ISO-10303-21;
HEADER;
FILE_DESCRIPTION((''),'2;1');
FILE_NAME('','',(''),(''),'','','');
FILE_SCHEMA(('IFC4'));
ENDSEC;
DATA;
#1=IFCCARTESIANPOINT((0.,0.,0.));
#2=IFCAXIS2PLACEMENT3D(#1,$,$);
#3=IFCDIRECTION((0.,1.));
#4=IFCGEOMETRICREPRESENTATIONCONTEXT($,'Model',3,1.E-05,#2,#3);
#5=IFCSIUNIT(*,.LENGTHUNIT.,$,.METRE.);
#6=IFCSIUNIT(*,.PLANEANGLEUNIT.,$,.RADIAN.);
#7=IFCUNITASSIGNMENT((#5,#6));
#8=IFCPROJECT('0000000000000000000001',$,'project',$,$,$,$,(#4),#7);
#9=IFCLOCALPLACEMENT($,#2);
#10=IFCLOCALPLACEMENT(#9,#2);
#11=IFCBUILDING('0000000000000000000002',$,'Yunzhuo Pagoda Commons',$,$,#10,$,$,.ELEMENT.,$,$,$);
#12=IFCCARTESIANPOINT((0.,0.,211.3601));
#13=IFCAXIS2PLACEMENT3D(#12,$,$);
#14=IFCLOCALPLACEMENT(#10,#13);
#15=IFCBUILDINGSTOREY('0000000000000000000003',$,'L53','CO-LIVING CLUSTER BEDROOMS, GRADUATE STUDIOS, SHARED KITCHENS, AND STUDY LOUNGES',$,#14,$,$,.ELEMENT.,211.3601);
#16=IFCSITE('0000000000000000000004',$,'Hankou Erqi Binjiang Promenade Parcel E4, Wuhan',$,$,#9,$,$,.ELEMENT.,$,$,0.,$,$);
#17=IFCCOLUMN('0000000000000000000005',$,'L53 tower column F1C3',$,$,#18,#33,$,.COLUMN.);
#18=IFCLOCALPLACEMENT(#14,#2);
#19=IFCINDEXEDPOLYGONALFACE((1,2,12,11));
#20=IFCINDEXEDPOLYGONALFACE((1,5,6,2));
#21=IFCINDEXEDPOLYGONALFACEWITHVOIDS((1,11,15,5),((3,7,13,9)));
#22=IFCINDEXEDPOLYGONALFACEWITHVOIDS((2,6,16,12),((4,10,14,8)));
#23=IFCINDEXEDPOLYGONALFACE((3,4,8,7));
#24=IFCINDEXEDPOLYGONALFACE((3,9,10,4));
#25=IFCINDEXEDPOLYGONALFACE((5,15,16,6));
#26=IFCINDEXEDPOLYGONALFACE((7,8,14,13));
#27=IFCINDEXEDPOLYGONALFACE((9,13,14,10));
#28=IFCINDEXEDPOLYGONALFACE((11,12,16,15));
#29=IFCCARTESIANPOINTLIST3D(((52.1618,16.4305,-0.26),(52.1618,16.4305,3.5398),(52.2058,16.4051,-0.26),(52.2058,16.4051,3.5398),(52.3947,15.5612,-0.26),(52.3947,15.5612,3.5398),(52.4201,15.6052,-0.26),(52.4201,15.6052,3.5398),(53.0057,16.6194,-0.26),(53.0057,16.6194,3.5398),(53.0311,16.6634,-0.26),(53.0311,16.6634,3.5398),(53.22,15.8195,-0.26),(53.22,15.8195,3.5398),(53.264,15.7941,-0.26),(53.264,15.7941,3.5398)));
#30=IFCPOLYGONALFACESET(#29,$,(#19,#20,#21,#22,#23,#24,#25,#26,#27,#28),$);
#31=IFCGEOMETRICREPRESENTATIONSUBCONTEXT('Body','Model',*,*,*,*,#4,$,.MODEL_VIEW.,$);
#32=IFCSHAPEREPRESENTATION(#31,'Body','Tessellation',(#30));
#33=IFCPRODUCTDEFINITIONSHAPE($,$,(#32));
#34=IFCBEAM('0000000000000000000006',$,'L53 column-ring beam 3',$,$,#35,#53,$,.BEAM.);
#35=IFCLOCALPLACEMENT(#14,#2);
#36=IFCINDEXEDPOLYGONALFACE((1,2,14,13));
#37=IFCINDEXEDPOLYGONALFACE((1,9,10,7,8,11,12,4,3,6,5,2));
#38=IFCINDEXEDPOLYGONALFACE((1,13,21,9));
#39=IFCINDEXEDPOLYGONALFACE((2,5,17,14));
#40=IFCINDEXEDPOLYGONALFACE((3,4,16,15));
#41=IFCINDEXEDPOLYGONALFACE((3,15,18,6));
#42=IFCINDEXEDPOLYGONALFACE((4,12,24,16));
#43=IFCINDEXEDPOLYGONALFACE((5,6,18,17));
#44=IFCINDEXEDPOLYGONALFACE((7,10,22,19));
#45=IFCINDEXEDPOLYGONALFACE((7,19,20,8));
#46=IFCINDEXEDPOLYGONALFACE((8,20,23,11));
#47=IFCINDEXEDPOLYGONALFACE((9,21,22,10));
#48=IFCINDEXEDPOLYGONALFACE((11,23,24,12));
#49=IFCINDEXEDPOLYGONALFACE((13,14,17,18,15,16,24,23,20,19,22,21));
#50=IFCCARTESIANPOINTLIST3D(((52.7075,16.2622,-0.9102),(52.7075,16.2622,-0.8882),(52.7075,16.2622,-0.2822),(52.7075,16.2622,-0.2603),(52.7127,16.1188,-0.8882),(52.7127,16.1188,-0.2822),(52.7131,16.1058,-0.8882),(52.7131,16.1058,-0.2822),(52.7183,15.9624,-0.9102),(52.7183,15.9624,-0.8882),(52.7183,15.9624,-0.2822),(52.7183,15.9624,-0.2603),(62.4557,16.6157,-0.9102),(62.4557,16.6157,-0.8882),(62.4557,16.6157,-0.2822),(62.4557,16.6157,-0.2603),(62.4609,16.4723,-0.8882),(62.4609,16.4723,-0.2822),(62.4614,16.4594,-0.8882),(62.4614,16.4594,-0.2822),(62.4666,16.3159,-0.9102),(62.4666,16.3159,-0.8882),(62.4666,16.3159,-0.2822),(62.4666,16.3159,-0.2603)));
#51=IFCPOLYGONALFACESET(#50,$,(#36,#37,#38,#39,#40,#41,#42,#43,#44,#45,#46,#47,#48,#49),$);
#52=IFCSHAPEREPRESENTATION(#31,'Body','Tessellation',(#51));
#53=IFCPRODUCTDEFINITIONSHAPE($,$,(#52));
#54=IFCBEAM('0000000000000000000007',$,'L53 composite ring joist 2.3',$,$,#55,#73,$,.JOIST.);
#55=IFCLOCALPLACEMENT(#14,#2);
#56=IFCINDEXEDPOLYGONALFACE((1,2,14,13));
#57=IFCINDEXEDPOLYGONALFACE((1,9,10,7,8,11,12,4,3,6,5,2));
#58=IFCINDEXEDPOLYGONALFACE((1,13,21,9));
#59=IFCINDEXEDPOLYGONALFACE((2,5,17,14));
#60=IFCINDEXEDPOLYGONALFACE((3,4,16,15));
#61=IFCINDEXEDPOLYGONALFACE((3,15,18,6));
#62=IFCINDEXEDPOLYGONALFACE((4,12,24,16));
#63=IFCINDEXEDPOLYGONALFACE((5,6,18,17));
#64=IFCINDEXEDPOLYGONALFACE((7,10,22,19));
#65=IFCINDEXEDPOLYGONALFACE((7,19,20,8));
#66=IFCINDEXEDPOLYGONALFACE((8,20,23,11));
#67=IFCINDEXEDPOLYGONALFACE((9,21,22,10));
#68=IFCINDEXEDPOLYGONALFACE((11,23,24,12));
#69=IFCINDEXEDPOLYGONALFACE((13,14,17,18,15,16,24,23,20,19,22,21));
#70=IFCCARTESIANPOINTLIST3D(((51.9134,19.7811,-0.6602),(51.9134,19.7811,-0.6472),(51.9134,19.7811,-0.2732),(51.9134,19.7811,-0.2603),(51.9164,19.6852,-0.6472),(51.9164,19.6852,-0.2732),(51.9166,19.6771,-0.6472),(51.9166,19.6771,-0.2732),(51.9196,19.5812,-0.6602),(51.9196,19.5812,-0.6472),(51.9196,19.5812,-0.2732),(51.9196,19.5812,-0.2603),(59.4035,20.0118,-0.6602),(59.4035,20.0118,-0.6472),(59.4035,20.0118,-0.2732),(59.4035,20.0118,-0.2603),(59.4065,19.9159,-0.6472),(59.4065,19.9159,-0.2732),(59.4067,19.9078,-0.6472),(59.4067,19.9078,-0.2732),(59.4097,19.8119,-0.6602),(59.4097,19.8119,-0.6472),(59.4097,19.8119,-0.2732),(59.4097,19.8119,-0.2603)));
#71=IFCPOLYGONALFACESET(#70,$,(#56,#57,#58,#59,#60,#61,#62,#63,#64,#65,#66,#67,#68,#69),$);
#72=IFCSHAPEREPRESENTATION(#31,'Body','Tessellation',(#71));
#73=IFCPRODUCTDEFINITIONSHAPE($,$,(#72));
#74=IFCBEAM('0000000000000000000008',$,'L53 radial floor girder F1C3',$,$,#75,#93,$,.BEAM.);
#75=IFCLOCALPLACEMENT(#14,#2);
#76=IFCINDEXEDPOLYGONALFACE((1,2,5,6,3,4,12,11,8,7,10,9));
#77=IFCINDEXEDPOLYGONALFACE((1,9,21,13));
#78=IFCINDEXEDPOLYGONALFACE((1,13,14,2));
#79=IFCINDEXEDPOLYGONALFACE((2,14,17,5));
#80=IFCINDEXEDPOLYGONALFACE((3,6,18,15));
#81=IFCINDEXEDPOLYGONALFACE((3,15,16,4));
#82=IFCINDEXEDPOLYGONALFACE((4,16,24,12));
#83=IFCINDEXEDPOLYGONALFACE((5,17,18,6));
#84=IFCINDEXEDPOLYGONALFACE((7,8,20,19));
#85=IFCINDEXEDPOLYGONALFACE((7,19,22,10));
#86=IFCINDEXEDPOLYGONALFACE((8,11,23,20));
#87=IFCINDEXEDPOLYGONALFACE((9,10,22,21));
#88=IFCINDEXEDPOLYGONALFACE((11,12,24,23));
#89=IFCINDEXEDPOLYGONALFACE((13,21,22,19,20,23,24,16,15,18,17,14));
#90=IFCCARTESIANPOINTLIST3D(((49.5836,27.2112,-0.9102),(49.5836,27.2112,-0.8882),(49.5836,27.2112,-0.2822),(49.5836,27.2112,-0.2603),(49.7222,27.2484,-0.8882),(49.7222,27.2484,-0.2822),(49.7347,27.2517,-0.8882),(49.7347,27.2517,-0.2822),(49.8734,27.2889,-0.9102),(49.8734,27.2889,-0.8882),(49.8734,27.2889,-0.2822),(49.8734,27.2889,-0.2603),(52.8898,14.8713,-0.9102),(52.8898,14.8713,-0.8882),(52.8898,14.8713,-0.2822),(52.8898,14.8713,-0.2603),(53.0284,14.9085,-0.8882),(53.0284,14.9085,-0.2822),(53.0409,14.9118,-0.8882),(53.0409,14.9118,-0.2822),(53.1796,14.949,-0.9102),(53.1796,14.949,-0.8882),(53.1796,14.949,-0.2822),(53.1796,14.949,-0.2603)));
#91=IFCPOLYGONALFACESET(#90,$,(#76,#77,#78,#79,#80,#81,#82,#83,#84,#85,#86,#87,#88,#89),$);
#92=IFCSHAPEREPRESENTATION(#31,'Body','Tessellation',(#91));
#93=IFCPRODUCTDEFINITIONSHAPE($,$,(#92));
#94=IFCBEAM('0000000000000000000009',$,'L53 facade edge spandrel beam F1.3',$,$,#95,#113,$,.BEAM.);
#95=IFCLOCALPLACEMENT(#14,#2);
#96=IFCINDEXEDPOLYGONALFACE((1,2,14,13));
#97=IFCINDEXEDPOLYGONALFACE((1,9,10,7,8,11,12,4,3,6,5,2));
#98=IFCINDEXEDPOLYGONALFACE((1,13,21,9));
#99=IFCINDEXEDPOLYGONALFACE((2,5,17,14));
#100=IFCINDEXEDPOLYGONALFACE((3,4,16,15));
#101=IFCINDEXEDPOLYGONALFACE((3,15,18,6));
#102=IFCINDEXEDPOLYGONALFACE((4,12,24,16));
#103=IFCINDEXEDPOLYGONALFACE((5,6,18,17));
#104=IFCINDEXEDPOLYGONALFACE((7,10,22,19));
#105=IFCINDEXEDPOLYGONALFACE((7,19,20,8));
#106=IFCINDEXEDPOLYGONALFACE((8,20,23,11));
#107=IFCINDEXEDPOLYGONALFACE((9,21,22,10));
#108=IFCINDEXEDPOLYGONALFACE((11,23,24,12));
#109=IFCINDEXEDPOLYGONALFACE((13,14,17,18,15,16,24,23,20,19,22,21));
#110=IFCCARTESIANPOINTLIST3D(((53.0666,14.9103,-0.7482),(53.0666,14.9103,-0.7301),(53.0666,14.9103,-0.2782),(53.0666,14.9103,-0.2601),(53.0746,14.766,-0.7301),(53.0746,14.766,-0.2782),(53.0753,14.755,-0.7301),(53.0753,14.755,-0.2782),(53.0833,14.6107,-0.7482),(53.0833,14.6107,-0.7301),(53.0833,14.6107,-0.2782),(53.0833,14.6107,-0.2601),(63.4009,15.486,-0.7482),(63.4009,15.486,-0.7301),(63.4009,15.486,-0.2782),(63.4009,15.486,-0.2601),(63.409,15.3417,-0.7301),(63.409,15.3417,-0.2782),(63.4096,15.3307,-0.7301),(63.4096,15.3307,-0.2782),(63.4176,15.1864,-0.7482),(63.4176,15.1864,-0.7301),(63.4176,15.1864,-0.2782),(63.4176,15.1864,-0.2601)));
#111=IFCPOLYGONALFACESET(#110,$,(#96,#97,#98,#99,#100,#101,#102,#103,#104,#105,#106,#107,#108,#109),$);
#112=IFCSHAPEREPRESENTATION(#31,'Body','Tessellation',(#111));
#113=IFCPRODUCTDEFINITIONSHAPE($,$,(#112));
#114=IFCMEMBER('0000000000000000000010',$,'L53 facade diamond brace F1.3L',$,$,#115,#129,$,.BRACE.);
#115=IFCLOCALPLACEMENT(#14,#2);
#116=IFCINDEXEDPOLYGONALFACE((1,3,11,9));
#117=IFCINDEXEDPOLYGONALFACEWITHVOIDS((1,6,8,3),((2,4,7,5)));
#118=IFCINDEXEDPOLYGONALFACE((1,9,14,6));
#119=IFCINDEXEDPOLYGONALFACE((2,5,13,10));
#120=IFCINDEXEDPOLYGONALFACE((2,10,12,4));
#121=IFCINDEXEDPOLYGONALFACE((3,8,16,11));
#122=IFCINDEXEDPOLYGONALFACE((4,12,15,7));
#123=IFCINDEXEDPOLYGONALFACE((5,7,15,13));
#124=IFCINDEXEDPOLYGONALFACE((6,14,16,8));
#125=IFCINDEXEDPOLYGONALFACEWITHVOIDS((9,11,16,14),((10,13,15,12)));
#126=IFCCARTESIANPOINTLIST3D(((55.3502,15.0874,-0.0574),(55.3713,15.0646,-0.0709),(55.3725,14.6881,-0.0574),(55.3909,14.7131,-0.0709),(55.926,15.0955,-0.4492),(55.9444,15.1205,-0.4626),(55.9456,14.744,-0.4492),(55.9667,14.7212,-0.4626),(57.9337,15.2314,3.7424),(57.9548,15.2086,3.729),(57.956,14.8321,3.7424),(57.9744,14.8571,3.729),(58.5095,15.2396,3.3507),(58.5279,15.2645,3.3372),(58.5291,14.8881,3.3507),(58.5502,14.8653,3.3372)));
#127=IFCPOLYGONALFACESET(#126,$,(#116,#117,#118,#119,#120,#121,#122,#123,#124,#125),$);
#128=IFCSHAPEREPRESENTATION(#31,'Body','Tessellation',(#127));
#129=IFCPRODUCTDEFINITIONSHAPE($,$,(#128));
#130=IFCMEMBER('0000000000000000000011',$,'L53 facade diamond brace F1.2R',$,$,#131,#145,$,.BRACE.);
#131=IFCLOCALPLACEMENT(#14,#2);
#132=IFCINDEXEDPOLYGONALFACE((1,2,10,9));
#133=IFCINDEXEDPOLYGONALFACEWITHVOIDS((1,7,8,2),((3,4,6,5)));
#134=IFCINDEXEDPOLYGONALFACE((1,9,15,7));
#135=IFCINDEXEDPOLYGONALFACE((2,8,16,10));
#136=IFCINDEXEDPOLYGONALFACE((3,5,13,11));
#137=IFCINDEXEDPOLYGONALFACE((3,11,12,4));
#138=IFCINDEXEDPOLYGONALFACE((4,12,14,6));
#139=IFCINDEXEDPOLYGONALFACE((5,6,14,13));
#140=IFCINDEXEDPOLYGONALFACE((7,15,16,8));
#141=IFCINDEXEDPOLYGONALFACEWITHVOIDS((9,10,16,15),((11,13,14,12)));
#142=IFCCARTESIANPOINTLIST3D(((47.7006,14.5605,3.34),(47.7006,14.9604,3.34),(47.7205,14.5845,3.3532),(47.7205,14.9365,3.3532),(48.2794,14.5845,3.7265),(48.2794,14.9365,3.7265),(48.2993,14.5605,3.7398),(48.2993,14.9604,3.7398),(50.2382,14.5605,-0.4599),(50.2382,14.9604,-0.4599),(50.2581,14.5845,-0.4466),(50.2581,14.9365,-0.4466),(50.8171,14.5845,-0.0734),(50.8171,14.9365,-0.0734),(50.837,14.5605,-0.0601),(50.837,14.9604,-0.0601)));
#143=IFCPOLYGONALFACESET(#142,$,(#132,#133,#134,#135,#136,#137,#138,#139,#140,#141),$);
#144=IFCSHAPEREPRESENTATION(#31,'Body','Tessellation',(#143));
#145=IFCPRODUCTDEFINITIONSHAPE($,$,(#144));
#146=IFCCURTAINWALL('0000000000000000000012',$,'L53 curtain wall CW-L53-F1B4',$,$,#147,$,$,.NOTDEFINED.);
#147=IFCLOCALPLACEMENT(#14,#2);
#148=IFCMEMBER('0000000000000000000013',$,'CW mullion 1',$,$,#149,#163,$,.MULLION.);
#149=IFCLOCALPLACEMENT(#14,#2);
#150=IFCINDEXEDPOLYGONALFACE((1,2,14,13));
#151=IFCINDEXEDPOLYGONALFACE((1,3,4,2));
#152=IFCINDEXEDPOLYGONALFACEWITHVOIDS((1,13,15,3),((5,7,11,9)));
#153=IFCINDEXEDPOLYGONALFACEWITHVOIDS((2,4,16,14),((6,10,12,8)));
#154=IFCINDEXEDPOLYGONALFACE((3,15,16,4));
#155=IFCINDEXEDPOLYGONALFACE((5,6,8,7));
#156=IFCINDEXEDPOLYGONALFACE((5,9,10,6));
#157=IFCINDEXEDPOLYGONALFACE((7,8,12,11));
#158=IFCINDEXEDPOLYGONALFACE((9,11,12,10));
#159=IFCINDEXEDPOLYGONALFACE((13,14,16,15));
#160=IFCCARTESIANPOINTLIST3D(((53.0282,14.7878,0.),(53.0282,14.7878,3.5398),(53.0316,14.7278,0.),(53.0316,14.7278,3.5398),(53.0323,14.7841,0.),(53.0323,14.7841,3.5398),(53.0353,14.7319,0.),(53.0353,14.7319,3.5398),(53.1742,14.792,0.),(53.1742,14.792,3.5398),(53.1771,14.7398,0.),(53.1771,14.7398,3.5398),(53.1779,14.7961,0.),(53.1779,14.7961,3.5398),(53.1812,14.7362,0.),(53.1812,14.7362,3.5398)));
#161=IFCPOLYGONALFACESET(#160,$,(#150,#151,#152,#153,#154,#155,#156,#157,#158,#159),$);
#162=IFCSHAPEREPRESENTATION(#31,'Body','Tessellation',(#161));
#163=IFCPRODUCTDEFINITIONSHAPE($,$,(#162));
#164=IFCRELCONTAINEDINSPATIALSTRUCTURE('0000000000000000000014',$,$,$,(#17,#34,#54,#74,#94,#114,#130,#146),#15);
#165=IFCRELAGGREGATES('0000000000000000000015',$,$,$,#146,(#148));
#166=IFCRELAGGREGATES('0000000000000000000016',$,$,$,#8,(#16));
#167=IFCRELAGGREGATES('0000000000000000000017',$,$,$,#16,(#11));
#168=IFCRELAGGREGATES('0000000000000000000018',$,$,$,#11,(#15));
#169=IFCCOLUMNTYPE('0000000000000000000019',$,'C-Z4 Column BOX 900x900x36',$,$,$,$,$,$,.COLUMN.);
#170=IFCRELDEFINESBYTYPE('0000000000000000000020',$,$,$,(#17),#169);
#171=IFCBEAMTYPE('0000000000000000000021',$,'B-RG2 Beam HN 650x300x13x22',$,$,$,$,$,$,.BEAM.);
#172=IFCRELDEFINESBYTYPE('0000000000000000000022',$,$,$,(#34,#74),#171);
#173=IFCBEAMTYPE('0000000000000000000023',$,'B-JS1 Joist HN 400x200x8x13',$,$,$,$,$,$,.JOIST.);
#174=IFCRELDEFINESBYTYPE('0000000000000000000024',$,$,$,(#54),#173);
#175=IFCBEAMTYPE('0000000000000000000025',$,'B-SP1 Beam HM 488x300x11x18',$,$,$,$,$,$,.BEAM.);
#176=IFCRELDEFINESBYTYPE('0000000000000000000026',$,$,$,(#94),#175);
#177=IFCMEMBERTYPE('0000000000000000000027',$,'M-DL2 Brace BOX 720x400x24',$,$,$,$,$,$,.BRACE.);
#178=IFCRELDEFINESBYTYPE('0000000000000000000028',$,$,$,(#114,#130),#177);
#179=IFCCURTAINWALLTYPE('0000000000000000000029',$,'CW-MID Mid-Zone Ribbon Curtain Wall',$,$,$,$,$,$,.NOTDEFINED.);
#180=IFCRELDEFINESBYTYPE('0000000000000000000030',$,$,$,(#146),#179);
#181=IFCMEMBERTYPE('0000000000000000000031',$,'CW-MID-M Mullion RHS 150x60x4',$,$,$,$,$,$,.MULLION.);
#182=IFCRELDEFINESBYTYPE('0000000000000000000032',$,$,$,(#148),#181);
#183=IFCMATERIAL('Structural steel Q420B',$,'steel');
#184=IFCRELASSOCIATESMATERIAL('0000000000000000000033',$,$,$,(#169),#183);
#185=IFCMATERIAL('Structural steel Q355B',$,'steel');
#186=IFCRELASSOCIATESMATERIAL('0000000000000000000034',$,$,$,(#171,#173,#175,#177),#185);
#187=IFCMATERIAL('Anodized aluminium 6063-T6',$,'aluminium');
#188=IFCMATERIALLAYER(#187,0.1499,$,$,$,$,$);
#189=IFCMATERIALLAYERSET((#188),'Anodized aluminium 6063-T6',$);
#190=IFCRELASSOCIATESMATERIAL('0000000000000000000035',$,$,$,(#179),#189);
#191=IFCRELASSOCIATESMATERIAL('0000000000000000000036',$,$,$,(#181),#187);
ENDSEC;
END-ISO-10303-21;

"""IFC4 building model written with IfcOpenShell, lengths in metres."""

from ifc_helpers import new_model, si_unit, direction, frame, origin, origin_2d, place, context, subcontext, project, spatial, hollow_rectangle, i_section, extrude, source, transform, mapped, material, layer, layer_set, material_profile, profile_set, type_object, element, aggregate, save


model = new_model("IFC4")

# Units and contexts
model_context = context("Model", 3, precision=1e-05, world=origin(), true_north=direction((0.0, 1.0)))
body_context = subcontext(model_context, "Body", "Model", "MODEL_VIEW")
ifc_project = project(units=[si_unit("LENGTHUNIT", "METRE"), si_unit("PLANEANGLEUNIT", "RADIAN")], contexts=[model_context])

# Site, building, storey
site_placement = place(None, origin())
site = spatial("IfcSite", under=ifc_project, at=site_placement, Name="Hankou Erqi Binjiang Promenade Parcel E4, Wuhan", CompositionType="ELEMENT", RefElevation=0.0)
building_placement = place(site_placement, origin())
building = spatial("IfcBuilding", under=site, at=building_placement, Name="Yunzhuo Pagoda Commons", CompositionType="ELEMENT")
storey_placement = place(building_placement, frame((0.0, 0.0, 211.3601)))
storey = spatial("IfcBuildingStorey", under=building, at=storey_placement, Name="L53", Description="CO-LIVING CLUSTER BEDROOMS, GRADUATE STUDIOS, SHARED KITCHENS, AND STUDY LOUNGES", CompositionType="ELEMENT", Elevation=211.3601)

# Column
ifc_material_1 = material(Name="Structural steel Q420B", Category="steel")
ifc_material_profile_1 = material_profile(ifc_material_1, hollow_rectangle(XDim=0.8999, YDim=0.8999, WallThickness=0.0359, at=origin_2d()), Name="Structural steel Q420B")
ifc_profile_set_1 = profile_set([ifc_material_profile_1], Name="Structural steel Q420B")
column_type = type_object("IfcColumnType", Name="C-Z4 Column BOX 900x900x36", PredefinedType="COLUMN", material=ifc_profile_set_1)
shared_shape_1 = source(origin(), body_context, "Body", "SweptSolid", [
    extrude(hollow_rectangle(XDim=0.8999, YDim=0.8999, WallThickness=0.0359, at=origin_2d()), origin(), (0.0, 0.0, 1.0), 3.7998),
])
column_placement = place(storey_placement, frame((52.7129, 16.1123, -0.26), z_axis=(0.0, 0.0, 1.0), x_axis=(0.965926, 0.258819, 0.0)))
element("IfcColumn", 1, at=column_placement, inside=storey, type_object=column_type, Name="L53 tower column F1C3", PredefinedType="COLUMN", context=body_context, shape_type="MappedRepresentation", body=[
    mapped(shared_shape_1, transform((0.0, 0.0, 0.0), scale=1.0)),
])

# Beams
ifc_material_2 = material(Name="Structural steel Q355B", Category="steel")
ifc_material_profile_2 = material_profile(ifc_material_2, i_section(OverallWidth=0.3, OverallDepth=0.6499, WebThickness=0.0129, FlangeThickness=0.022, at=origin_2d()), Name="Structural steel Q355B")
ifc_profile_set_2 = profile_set([ifc_material_profile_2], Name="Structural steel Q355B")
beam_type_1 = type_object("IfcBeamType", Name="B-RG2 Beam HN 650x300x13x22", PredefinedType="BEAM", material=ifc_profile_set_2)
shared_shape_2 = source(origin(), body_context, "Body", "SweptSolid", [
    extrude(i_section(OverallWidth=0.3, OverallDepth=0.6499, WebThickness=0.0129, FlangeThickness=0.022, at=origin_2d()), origin(), (0.0, 0.0, 1.0), 9.7546),
])
beam_1_placement = place(storey_placement, frame((52.7129, 16.1123, -0.5852), z_axis=(0.999343, 0.036241, 0.0), x_axis=(-0.036241, 0.999343, 0.0)))
element("IfcBeam", 2, at=beam_1_placement, inside=storey, type_object=beam_type_1, Name="L53 column-ring beam 3", PredefinedType="BEAM", context=body_context, shape_type="MappedRepresentation", body=[
    mapped(shared_shape_2, transform((0.0, 0.0, 0.0), scale=1.0)),
])
ifc_material_profile_3 = material_profile(ifc_material_2, i_section(OverallWidth=0.2, OverallDepth=0.3999, WebThickness=0.0081, FlangeThickness=0.0129, at=origin_2d()), Name="Structural steel Q355B")
ifc_profile_set_3 = profile_set([ifc_material_profile_3], Name="Structural steel Q355B")
beam_type_2 = type_object("IfcBeamType", Name="B-JS1 Joist HN 400x200x8x13", PredefinedType="JOIST", material=ifc_profile_set_3)
shared_shape_3 = source(origin(), body_context, "Body", "SweptSolid", [
    extrude(i_section(OverallWidth=0.2, OverallDepth=0.3999, WebThickness=0.0081, FlangeThickness=0.0129, at=origin_2d()), origin(), (0.0, 0.0, 1.0), 7.4937),
])
beam_2_placement = place(storey_placement, frame((51.9165, 19.6812, -0.4602), z_axis=(0.999526, 0.030788, 0.0), x_axis=(-0.030788, 0.999526, 0.0)))
element("IfcBeam", 3, at=beam_2_placement, inside=storey, type_object=beam_type_2, Name="L53 composite ring joist 2.3", PredefinedType="JOIST", context=body_context, shape_type="MappedRepresentation", body=[
    mapped(shared_shape_3, transform((0.0, 0.0, 0.0), scale=1.0)),
])
shared_shape_4 = source(origin(), body_context, "Body", "SweptSolid", [
    extrude(i_section(OverallWidth=0.3, OverallDepth=0.6499, WebThickness=0.0129, FlangeThickness=0.022, at=origin_2d()), origin(), (0.0, 0.0, 1.0), 12.7751),
])
beam_3_placement = place(storey_placement, frame((53.0347, 14.9102, -0.5852), z_axis=(-0.258797, 0.965932, 0.0), x_axis=(-0.965932, -0.258797, 0.0)))
element("IfcBeam", 4, at=beam_3_placement, inside=storey, type_object=beam_type_1, Name="L53 radial floor girder F1C3", PredefinedType="BEAM", context=body_context, shape_type="MappedRepresentation", body=[
    mapped(shared_shape_4, transform((0.0, 0.0, 0.0), scale=1.0)),
])
ifc_material_profile_4 = material_profile(ifc_material_2, i_section(OverallWidth=0.3, OverallDepth=0.488, WebThickness=0.011, FlangeThickness=0.0181, at=origin_2d()), Name="Structural steel Q355B")
ifc_profile_set_4 = profile_set([ifc_material_profile_4], Name="Structural steel Q355B")
beam_type_3 = type_object("IfcBeamType", Name="B-SP1 Beam HM 488x300x11x18", PredefinedType="BEAM", material=ifc_profile_set_4)
shared_shape_5 = source(origin(), body_context, "Body", "SweptSolid", [
    extrude(i_section(OverallWidth=0.3, OverallDepth=0.488, WebThickness=0.011, FlangeThickness=0.0181, at=origin_2d()), origin(), (0.0, 0.0, 1.0), 10.3503),
])
beam_4_placement = place(storey_placement, frame((53.075, 14.7605, -0.5042), z_axis=(0.998452, 0.05562, 0.0), x_axis=(-0.05562, 0.998452, 0.0)))
element("IfcBeam", 5, at=beam_4_placement, inside=storey, type_object=beam_type_3, Name="L53 facade edge spandrel beam F1.3", PredefinedType="BEAM", context=body_context, shape_type="MappedRepresentation", body=[
    mapped(shared_shape_5, transform((0.0, 0.0, 0.0), scale=1.0)),
])

# Members
ifc_material_profile_5 = material_profile(ifc_material_2, hollow_rectangle(XDim=0.3999, YDim=0.72, WallThickness=0.0239, at=origin_2d()), Name="Structural steel Q355B")
ifc_profile_set_5 = profile_set([ifc_material_profile_5], Name="Structural steel Q355B")
member_type_1 = type_object("IfcMemberType", Name="M-DL2 Brace BOX 720x400x24", PredefinedType="BRACE", material=ifc_profile_set_5)
shared_shape_6 = source(origin(), body_context, "Body", "SweptSolid", [
    extrude(hollow_rectangle(XDim=0.3999, YDim=0.72, WallThickness=0.0239, at=origin_2d()), origin(), (0.0, 0.0, 1.0), 4.5972),
])
member_1_placement = place(storey_placement, frame((55.6584, 14.9043, -0.26), z_axis=(0.561979, 0.031333, 0.826558), x_axis=(-0.055669, 0.998449, 0.0)))
element("IfcMember", 6, at=member_1_placement, inside=storey, type_object=member_type_1, Name="L53 facade diamond brace F1.3L", PredefinedType="BRACE", context=body_context, shape_type="MappedRepresentation", body=[
    mapped(shared_shape_6, transform((0.0, 0.0, 0.0), scale=1.0)),
])
shared_shape_7 = source(origin(), body_context, "Body", "SweptSolid", [
    extrude(hollow_rectangle(XDim=0.3999, YDim=0.72, WallThickness=0.0239, at=origin_2d()), origin(), (0.0, 0.0, 1.0), 4.5693),
])
member_2_placement = place(storey_placement, frame((50.5376, 14.7605, -0.26), z_axis=(-0.555366, 0.0, 0.831606), x_axis=(0.0, -1.0, 0.0)))
element("IfcMember", 7, at=member_2_placement, inside=storey, type_object=member_type_1, Name="L53 facade diamond brace F1.2R", PredefinedType="BRACE", context=body_context, shape_type="MappedRepresentation", body=[
    mapped(shared_shape_7, transform((0.0, 0.0, 0.0), scale=1.0)),
])

# Curtain wall, member
ifc_material_3 = material(Name="Anodized aluminium 6063-T6", Category="aluminium")
ifc_layer_1 = layer(ifc_material_3, 0.1499)
ifc_layer_set_1 = layer_set([ifc_layer_1], Name="Anodized aluminium 6063-T6")
curtain_wall_type = type_object("IfcCurtainWallType", Name="CW-MID Mid-Zone Ribbon Curtain Wall", PredefinedType="NOTDEFINED", material=ifc_layer_set_1)
curtain_wall_1_placement = place(storey_placement, origin())
curtain_wall_1 = element("IfcCurtainWall", 8, at=curtain_wall_1_placement, inside=storey, type_object=curtain_wall_type, Name="L53 curtain wall CW-L53-F1B4", PredefinedType="NOTDEFINED")
ifc_material_profile_6 = material_profile(ifc_material_3, hollow_rectangle(XDim=0.0601, YDim=0.1499, WallThickness=0.0039, at=origin_2d()), Name="Anodized aluminium 6063-T6")
ifc_profile_set_6 = profile_set([ifc_material_profile_6], Name="Anodized aluminium 6063-T6")
member_type_2 = type_object("IfcMemberType", Name="CW-MID-M Mullion RHS 150x60x4", PredefinedType="MULLION", material=ifc_profile_set_6)
shared_shape_8 = source(origin(), body_context, "Body", "SweptSolid", [
    extrude(hollow_rectangle(XDim=0.0601, YDim=0.1499, WallThickness=0.0039, at=origin_2d()), origin(), (0.0, 0.0, 1.0), 3.5398),
])
member_3_placement = place(storey_placement, frame((53.1047, 14.762, 0.0), z_axis=(0.0, 0.0, 1.0), x_axis=(-0.055642, 0.998451, 0.0)))
member_3 = element("IfcMember", 9, at=member_3_placement, type_object=member_type_2, Name="CW mullion 1", PredefinedType="MULLION", context=body_context, shape_type="MappedRepresentation", body=[
    mapped(shared_shape_8, transform((0.0, 0.0, 0.0), scale=1.0)),
])

aggregate(curtain_wall_1, [member_3])

save(model, "model.ifc")
